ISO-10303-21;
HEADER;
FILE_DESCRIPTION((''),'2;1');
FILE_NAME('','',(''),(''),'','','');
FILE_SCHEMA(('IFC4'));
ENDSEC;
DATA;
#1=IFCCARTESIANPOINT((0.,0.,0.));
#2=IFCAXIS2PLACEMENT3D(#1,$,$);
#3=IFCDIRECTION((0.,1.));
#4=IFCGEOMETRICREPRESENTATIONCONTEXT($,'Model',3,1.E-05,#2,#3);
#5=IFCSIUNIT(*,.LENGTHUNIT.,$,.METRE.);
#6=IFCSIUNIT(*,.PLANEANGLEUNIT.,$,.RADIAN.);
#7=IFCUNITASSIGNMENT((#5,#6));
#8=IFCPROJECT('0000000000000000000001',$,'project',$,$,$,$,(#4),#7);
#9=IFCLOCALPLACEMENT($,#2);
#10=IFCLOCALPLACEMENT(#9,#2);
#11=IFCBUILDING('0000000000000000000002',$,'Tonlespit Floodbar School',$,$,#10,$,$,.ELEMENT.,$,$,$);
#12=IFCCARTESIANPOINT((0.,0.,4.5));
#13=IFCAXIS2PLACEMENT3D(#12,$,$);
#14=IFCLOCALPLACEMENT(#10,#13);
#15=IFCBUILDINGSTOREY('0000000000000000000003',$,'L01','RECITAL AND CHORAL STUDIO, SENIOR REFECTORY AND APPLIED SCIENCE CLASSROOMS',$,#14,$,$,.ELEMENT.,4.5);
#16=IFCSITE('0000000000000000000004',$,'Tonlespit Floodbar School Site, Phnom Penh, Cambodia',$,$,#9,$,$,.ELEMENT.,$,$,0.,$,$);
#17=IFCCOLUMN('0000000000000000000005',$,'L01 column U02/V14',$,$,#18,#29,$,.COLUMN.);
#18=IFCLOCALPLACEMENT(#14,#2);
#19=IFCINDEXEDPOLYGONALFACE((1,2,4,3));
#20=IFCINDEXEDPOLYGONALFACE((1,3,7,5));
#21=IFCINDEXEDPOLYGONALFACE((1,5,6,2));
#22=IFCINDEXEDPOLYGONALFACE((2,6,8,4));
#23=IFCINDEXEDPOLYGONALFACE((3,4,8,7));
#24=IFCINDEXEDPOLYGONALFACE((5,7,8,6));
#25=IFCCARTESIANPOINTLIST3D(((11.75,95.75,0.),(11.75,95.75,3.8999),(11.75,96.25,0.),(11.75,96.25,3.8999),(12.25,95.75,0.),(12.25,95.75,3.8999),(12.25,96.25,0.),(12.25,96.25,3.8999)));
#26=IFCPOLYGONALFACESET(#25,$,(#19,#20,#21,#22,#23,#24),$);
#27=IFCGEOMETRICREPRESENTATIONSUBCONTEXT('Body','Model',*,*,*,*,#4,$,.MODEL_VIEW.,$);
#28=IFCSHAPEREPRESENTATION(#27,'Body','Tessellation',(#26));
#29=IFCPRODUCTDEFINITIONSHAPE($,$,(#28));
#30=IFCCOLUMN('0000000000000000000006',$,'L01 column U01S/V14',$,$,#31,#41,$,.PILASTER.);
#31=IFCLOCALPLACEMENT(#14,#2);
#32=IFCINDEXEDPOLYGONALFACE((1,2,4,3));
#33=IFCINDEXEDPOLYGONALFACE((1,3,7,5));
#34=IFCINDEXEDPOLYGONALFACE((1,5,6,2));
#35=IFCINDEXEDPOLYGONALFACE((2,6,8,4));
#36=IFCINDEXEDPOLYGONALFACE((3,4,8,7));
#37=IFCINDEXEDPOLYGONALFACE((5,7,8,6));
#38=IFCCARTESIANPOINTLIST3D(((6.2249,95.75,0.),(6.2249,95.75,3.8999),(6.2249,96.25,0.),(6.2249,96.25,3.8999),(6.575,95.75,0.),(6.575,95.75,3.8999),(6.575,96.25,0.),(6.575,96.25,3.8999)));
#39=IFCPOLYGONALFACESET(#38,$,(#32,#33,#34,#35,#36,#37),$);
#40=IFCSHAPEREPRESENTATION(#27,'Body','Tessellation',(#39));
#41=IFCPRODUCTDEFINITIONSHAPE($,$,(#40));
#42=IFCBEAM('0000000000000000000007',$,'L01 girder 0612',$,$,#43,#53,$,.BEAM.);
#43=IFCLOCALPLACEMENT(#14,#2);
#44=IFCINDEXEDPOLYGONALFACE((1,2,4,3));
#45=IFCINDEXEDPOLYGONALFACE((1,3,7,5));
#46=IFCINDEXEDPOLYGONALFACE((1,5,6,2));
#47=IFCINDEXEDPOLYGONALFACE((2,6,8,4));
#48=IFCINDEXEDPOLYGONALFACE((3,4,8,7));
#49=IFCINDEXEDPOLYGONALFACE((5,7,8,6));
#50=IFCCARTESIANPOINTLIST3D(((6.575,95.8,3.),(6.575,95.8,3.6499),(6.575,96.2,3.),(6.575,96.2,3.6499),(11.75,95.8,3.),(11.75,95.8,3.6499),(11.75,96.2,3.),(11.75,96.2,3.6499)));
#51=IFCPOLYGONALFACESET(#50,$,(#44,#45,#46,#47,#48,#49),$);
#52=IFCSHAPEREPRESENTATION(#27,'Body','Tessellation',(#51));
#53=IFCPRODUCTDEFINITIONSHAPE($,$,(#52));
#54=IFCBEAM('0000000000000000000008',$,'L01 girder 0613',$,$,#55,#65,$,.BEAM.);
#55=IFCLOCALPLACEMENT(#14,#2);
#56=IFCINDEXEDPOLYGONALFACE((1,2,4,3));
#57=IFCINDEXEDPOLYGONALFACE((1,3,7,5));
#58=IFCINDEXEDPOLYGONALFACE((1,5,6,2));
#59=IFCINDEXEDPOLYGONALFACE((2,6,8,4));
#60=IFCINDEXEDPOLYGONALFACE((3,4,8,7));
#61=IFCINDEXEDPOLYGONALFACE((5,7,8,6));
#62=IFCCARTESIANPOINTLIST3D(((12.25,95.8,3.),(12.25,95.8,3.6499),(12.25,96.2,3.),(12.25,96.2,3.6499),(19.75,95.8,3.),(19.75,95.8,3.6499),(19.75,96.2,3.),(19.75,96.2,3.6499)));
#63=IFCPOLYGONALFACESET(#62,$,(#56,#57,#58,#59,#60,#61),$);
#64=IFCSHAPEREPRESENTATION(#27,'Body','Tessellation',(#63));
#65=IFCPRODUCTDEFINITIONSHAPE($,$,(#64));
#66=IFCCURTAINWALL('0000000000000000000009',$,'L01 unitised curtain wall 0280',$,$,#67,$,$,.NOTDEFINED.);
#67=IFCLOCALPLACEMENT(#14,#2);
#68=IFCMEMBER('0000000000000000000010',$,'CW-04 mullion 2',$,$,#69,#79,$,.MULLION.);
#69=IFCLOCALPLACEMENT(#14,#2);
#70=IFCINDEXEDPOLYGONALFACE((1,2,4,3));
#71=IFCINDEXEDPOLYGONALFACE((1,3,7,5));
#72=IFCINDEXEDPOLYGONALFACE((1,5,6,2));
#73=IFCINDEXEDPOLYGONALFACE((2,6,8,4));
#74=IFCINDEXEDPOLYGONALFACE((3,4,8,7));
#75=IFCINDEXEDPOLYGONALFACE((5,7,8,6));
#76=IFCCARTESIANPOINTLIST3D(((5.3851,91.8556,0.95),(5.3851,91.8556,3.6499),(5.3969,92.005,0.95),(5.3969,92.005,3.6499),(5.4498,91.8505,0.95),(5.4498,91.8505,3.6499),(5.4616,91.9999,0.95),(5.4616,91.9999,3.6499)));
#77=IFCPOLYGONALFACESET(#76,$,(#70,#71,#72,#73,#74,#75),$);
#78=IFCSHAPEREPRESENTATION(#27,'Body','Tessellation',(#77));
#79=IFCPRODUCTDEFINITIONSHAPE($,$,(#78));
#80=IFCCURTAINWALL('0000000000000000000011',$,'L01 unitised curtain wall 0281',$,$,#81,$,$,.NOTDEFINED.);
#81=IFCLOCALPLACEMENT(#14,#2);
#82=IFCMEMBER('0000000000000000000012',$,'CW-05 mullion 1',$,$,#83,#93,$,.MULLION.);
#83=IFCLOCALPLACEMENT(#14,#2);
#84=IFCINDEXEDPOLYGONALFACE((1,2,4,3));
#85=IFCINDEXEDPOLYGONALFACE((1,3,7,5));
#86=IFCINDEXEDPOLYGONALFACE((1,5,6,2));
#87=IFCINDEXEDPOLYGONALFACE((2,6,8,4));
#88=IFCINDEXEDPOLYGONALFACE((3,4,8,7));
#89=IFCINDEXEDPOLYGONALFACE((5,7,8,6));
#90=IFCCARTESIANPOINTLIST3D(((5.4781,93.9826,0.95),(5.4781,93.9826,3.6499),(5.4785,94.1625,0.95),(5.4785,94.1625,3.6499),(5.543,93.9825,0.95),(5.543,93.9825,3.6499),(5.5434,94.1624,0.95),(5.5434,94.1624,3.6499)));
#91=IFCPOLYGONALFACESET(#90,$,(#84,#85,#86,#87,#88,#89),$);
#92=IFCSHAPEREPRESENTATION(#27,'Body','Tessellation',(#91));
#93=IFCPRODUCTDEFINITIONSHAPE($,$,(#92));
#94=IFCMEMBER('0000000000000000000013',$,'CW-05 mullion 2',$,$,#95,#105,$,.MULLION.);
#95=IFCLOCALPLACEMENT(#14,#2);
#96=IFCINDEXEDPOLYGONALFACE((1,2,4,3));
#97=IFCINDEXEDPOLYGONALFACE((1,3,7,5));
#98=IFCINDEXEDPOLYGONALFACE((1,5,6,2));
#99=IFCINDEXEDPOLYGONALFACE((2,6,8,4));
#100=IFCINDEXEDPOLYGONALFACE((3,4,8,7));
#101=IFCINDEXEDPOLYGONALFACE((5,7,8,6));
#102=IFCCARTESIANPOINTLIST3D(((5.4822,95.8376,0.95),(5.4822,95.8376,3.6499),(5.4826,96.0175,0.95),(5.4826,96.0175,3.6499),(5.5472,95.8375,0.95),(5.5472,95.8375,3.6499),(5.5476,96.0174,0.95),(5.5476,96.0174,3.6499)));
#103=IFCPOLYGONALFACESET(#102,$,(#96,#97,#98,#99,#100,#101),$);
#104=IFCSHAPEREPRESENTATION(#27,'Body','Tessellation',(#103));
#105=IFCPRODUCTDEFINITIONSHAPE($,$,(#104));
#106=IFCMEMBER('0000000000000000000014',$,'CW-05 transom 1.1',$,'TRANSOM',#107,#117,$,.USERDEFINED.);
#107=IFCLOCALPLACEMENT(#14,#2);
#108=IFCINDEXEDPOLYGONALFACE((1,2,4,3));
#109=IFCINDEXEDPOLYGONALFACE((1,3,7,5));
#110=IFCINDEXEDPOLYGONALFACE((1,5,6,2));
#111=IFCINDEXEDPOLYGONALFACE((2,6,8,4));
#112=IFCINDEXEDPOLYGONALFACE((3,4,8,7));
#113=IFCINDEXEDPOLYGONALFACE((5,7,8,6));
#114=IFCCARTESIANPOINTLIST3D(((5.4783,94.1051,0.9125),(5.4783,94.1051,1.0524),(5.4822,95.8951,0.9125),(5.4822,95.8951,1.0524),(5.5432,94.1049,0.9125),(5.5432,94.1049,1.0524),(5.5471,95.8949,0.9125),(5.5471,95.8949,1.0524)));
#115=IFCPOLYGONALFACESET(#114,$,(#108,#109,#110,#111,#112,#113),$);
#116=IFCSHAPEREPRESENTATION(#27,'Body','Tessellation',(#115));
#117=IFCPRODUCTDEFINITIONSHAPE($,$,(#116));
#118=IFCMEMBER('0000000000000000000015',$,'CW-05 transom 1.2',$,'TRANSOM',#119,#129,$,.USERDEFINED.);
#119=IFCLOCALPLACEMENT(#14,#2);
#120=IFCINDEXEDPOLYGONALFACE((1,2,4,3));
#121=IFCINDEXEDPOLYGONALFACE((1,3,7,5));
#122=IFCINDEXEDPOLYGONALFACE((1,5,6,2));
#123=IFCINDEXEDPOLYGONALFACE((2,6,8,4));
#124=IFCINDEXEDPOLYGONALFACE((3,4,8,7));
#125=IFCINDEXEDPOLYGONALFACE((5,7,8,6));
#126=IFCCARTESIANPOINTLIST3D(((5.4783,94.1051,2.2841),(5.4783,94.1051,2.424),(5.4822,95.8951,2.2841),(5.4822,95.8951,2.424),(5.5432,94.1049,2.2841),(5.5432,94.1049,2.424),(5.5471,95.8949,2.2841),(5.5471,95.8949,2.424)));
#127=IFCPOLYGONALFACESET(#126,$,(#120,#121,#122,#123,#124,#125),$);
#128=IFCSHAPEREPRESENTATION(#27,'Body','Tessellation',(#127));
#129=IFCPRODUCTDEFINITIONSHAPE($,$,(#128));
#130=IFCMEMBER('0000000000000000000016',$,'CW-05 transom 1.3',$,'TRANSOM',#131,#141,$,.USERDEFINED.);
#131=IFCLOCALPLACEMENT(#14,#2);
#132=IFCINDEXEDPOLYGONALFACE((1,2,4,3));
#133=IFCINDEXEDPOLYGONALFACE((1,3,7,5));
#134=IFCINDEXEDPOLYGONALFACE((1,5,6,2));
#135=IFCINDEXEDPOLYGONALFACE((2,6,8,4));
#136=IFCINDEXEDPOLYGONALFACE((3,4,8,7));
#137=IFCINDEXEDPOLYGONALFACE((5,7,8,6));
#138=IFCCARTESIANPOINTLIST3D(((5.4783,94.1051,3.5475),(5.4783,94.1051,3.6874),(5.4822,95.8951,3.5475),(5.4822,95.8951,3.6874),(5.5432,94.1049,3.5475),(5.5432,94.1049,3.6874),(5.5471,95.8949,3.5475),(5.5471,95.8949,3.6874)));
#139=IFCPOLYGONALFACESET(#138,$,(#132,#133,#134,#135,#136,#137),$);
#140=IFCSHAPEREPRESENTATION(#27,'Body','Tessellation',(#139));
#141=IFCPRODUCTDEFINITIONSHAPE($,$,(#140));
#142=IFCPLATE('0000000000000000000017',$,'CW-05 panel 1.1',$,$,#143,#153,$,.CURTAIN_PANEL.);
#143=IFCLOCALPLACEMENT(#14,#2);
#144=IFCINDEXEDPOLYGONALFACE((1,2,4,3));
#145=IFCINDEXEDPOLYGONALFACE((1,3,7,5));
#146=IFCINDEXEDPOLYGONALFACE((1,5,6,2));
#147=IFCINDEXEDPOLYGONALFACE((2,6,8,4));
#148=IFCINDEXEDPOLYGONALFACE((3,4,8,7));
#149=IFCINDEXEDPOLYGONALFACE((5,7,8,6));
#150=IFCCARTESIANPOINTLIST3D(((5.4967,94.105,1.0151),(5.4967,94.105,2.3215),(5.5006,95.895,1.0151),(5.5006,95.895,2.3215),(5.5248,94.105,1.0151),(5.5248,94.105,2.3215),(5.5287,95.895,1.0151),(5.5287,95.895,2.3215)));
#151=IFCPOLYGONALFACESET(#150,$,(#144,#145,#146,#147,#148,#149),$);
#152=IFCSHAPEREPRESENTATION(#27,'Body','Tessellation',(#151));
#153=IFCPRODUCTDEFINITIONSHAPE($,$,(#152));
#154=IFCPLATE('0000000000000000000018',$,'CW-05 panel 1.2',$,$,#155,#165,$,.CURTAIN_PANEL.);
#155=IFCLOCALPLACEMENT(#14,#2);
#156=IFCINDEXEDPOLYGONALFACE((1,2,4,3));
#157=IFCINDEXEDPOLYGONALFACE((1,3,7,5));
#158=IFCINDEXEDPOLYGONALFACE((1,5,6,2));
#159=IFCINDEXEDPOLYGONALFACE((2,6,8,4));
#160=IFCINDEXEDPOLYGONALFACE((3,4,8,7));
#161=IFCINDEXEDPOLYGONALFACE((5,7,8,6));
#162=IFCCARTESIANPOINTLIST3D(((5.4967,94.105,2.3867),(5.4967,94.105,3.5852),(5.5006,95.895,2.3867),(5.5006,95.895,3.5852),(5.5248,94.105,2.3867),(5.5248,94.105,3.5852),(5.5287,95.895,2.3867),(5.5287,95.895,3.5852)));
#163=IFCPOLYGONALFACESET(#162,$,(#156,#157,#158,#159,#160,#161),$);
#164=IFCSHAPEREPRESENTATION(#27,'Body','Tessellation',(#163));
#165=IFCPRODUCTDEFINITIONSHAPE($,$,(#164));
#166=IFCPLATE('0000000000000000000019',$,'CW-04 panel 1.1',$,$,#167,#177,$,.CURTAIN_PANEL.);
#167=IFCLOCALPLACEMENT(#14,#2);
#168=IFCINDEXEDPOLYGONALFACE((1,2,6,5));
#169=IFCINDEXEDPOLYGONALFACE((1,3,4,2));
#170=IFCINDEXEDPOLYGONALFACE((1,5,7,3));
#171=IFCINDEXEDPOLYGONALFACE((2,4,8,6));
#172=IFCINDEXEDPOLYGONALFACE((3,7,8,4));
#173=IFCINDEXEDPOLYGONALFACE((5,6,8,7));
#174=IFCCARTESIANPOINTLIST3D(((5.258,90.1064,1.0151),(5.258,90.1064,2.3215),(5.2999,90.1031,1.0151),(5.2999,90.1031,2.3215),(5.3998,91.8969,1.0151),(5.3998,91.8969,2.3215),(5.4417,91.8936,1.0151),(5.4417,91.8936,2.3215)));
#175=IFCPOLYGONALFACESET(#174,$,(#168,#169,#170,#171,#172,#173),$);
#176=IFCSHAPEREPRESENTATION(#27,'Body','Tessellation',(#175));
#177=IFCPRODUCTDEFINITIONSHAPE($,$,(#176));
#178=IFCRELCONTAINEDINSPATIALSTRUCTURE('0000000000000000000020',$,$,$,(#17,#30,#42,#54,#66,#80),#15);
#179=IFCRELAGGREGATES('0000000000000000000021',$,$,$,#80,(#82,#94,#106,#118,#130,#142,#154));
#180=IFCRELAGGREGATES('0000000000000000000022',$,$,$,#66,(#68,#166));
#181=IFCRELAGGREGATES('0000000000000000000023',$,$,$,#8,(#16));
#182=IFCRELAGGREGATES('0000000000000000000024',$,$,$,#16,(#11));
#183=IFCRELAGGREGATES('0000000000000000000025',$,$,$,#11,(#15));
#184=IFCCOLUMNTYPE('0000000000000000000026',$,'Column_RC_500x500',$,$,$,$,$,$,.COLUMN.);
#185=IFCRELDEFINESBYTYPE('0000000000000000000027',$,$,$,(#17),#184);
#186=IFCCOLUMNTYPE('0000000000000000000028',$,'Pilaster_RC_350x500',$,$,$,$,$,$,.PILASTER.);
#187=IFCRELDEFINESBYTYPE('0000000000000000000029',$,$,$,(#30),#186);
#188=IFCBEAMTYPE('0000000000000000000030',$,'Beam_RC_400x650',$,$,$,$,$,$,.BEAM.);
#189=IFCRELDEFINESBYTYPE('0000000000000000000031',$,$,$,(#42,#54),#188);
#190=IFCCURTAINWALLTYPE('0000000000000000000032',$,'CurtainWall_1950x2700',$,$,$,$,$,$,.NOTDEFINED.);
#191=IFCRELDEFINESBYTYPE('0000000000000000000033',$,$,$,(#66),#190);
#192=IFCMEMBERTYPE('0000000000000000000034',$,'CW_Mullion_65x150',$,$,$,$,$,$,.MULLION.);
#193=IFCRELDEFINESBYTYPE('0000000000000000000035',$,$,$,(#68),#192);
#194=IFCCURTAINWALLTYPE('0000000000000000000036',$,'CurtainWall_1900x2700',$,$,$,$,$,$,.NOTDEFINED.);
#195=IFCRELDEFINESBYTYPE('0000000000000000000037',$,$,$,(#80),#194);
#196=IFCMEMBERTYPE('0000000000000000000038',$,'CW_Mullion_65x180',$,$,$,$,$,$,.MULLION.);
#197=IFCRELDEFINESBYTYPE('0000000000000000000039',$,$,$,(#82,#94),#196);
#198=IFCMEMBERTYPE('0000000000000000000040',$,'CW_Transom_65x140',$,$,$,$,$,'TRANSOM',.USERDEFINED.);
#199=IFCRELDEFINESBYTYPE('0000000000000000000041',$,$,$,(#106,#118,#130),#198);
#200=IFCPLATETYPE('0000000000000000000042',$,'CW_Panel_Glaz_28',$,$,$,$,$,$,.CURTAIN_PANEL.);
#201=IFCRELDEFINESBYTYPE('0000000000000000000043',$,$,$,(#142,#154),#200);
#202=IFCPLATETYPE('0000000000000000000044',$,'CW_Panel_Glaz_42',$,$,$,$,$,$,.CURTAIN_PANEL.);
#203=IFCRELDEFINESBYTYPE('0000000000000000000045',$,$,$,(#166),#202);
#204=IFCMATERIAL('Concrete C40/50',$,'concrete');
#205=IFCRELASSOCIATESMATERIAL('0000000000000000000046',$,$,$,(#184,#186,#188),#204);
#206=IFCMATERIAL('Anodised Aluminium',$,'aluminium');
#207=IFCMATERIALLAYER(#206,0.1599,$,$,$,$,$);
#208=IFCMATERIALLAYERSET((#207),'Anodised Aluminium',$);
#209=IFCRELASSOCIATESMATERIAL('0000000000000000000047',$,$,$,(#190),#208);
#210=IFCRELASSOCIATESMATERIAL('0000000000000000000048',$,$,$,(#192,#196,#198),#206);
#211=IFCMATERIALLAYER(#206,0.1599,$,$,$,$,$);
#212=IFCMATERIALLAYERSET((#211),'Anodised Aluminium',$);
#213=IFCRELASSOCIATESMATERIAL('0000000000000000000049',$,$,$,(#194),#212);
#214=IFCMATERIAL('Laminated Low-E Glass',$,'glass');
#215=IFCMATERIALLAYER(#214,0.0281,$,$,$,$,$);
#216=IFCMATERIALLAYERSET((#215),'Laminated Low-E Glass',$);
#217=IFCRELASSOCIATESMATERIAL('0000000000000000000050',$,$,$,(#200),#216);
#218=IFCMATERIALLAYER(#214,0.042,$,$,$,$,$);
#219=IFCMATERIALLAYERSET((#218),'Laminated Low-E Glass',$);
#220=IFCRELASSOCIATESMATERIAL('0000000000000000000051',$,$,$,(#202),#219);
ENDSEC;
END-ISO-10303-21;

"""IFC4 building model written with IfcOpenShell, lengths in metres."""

from ifc_helpers import new_model, si_unit, direction, frame, origin, origin_2d, place, context, subcontext, project, spatial, rectangle, extrude, material, layer, layer_set, material_profile, profile_set, type_object, element, aggregate, save


model = new_model("IFC4")

# Units and contexts
model_context = context("Model", 3, precision=1e-05, world=origin(), true_north=direction((0.0, 1.0)))
body_context = subcontext(model_context, "Body", "Model", "MODEL_VIEW")
ifc_project = project(units=[si_unit("LENGTHUNIT", "METRE"), si_unit("PLANEANGLEUNIT", "RADIAN")], contexts=[model_context])

# Site, building, storey
site_placement = place(None, origin())
site = spatial("IfcSite", under=ifc_project, at=site_placement, Name="Tonlespit Floodbar School Site, Phnom Penh, Cambodia", CompositionType="ELEMENT", RefElevation=0.0)
building_placement = place(site_placement, origin())
building = spatial("IfcBuilding", under=site, at=building_placement, Name="Tonlespit Floodbar School", CompositionType="ELEMENT")
storey_placement = place(building_placement, frame((0.0, 0.0, 4.5)))
storey = spatial("IfcBuildingStorey", under=building, at=storey_placement, Name="L01", Description="RECITAL AND CHORAL STUDIO, SENIOR REFECTORY AND APPLIED SCIENCE CLASSROOMS", CompositionType="ELEMENT", Elevation=4.5)

# Columns
ifc_material_1 = material(Name="Concrete C40/50", Category="concrete")
ifc_material_profile_1 = material_profile(ifc_material_1, rectangle(XDim=0.5, YDim=0.5, at=origin_2d()), Name="RC 500x500")
ifc_profile_set_1 = profile_set([ifc_material_profile_1], Name="Concrete C40/50")
column_type_1 = type_object("IfcColumnType", Name="Column_RC_500x500", PredefinedType="COLUMN", material=ifc_profile_set_1)
column_1_placement = place(storey_placement, frame((12.0, 96.0, 0.0), z_axis=(0.0, 0.0, 1.0), x_axis=(1.0, 0.0, 0.0)))
element("IfcColumn", 1, at=column_1_placement, inside=storey, type_object=column_type_1, Name="L01 column U02/V14", PredefinedType="COLUMN", context=body_context, shape_type="SweptSolid", body=[
    extrude(rectangle(XDim=0.5, YDim=0.5, at=origin_2d()), origin(), (0.0, 0.0, 1.0), 3.8999),
])
ifc_material_profile_2 = material_profile(ifc_material_1, rectangle(XDim=0.3501, YDim=0.5, at=origin_2d()), Name="RC 350x500")
ifc_profile_set_2 = profile_set([ifc_material_profile_2], Name="Concrete C40/50")
column_type_2 = type_object("IfcColumnType", Name="Pilaster_RC_350x500", PredefinedType="PILASTER", material=ifc_profile_set_2)
column_2_placement = place(storey_placement, frame((6.3999, 96.0, 0.0), z_axis=(0.0, 0.0, 1.0), x_axis=(1.0, 0.0, 0.0)))
element("IfcColumn", 2, at=column_2_placement, inside=storey, type_object=column_type_2, Name="L01 column U01S/V14", PredefinedType="PILASTER", context=body_context, shape_type="SweptSolid", body=[
    extrude(rectangle(XDim=0.3501, YDim=0.5, at=origin_2d()), origin(), (0.0, 0.0, 1.0), 3.8999),
])

# Beams
ifc_material_profile_3 = material_profile(ifc_material_1, rectangle(XDim=0.3999, YDim=0.6499, at=origin_2d()), Name="RC 400x650")
ifc_profile_set_3 = profile_set([ifc_material_profile_3], Name="Concrete C40/50")
beam_type = type_object("IfcBeamType", Name="Beam_RC_400x650", PredefinedType="BEAM", material=ifc_profile_set_3)
beam_1_placement = place(storey_placement, frame((6.575, 96.0, 3.325), z_axis=(1.0, 0.0, 0.0), x_axis=(0.0, 1.0, 0.0)))
element("IfcBeam", 3, at=beam_1_placement, inside=storey, type_object=beam_type, Name="L01 girder 0612", PredefinedType="BEAM", context=body_context, shape_type="SweptSolid", body=[
    extrude(rectangle(XDim=0.3999, YDim=0.6499, at=origin_2d()), origin(), (0.0, 0.0, 1.0), 5.175),
])
beam_2_placement = place(storey_placement, frame((12.25, 96.0, 3.325), z_axis=(1.0, 0.0, 0.0), x_axis=(0.0, 1.0, 0.0)))
element("IfcBeam", 4, at=beam_2_placement, inside=storey, type_object=beam_type, Name="L01 girder 0613", PredefinedType="BEAM", context=body_context, shape_type="SweptSolid", body=[
    extrude(rectangle(XDim=0.3999, YDim=0.6499, at=origin_2d()), origin(), (0.0, 0.0, 1.0), 7.5),
])

# Curtain wall, member
ifc_material_2 = material(Name="Anodised Aluminium", Category="aluminium")
ifc_layer_1 = layer(ifc_material_2, 0.1599)
ifc_layer_set_1 = layer_set([ifc_layer_1], Name="Anodised Aluminium")
curtain_wall_type_1 = type_object("IfcCurtainWallType", Name="CurtainWall_1950x2700", PredefinedType="NOTDEFINED", material=ifc_layer_set_1)
curtain_wall_1_placement = place(storey_placement, origin())
curtain_wall_1 = element("IfcCurtainWall", 5, at=curtain_wall_1_placement, inside=storey, type_object=curtain_wall_type_1, Name="L01 unitised curtain wall 0280", PredefinedType="NOTDEFINED")
ifc_material_profile_4 = material_profile(ifc_material_2, rectangle(XDim=0.0649, YDim=0.1499, at=origin_2d()), Name="ALU M65x150")
ifc_profile_set_4 = profile_set([ifc_material_profile_4], Name="Anodised Aluminium")
member_type_1 = type_object("IfcMemberType", Name="CW_Mullion_65x150", PredefinedType="MULLION", material=ifc_profile_set_4)
member_1_placement = place(storey_placement, frame((5.4233, 91.9277, 0.95), z_axis=(0.0, 0.0, 1.0), x_axis=(-0.996878, 0.078963, 0.0)))
member_1 = element("IfcMember", 6, at=member_1_placement, type_object=member_type_1, Name="CW-04 mullion 2", PredefinedType="MULLION", context=body_context, shape_type="SweptSolid", body=[
    extrude(rectangle(XDim=0.0649, YDim=0.1499, at=origin_2d()), origin(), (0.0, 0.0, 1.0), 2.7),
])

# Curtain wall, members, plates
ifc_layer_2 = layer(ifc_material_2, 0.1599)
ifc_layer_set_2 = layer_set([ifc_layer_2], Name="Anodised Aluminium")
curtain_wall_type_2 = type_object("IfcCurtainWallType", Name="CurtainWall_1900x2700", PredefinedType="NOTDEFINED", material=ifc_layer_set_2)
curtain_wall_2_placement = place(storey_placement, origin())
curtain_wall_2 = element("IfcCurtainWall", 7, at=curtain_wall_2_placement, inside=storey, type_object=curtain_wall_type_2, Name="L01 unitised curtain wall 0281", PredefinedType="NOTDEFINED")
ifc_material_profile_5 = material_profile(ifc_material_2, rectangle(XDim=0.0649, YDim=0.1799, at=origin_2d()), Name="ALU M65x180")
ifc_profile_set_5 = profile_set([ifc_material_profile_5], Name="Anodised Aluminium")
member_type_2 = type_object("IfcMemberType", Name="CW_Mullion_65x180", PredefinedType="MULLION", material=ifc_profile_set_5)
member_2_placement = place(storey_placement, frame((5.5107, 94.0725, 0.95), z_axis=(0.0, 0.0, 1.0), x_axis=(-0.999998, 0.002187, 0.0)))
member_2 = element("IfcMember", 8, at=member_2_placement, type_object=member_type_2, Name="CW-05 mullion 1", PredefinedType="MULLION", context=body_context, shape_type="SweptSolid", body=[
    extrude(rectangle(XDim=0.0649, YDim=0.1799, at=origin_2d()), origin(), (0.0, 0.0, 1.0), 2.7),
])
member_3_placement = place(storey_placement, frame((5.5149, 95.9275, 0.95), z_axis=(0.0, 0.0, 1.0), x_axis=(-0.999998, 0.002187, 0.0)))
member_3 = element("IfcMember", 9, at=member_3_placement, type_object=member_type_2, Name="CW-05 mullion 2", PredefinedType="MULLION", context=body_context, shape_type="SweptSolid", body=[
    extrude(rectangle(XDim=0.0649, YDim=0.1799, at=origin_2d()), origin(), (0.0, 0.0, 1.0), 2.7),
])
ifc_material_profile_6 = material_profile(ifc_material_2, rectangle(XDim=0.0649, YDim=0.1399, at=origin_2d()), Name="ALU T65x140")
ifc_profile_set_6 = profile_set([ifc_material_profile_6], Name="Anodised Aluminium")
member_type_3 = type_object("IfcMemberType", Name="CW_Transom_65x140", ElementType="TRANSOM", PredefinedType="USERDEFINED", material=ifc_profile_set_6)
member_4_placement = place(storey_placement, frame((5.5107, 94.105, 0.9824), z_axis=(0.002182, 0.999998, 0.0), x_axis=(-0.999998, 0.002182, 0.0)))
member_4 = element("IfcMember", 10, at=member_4_placement, type_object=member_type_3, Name="CW-05 transom 1.1", ObjectType="TRANSOM", PredefinedType="USERDEFINED", context=body_context, shape_type="SweptSolid", body=[
    extrude(rectangle(XDim=0.0649, YDim=0.1399, at=origin_2d()), origin(), (0.0, 0.0, 1.0), 1.79),
])
member_5_placement = place(storey_placement, frame((5.5107, 94.105, 2.354), z_axis=(0.002182, 0.999998, 0.0), x_axis=(-0.999998, 0.002182, 0.0)))
member_5 = element("IfcMember", 11, at=member_5_placement, type_object=member_type_3, Name="CW-05 transom 1.2", ObjectType="TRANSOM", PredefinedType="USERDEFINED", context=body_context, shape_type="SweptSolid", body=[
    extrude(rectangle(XDim=0.0649, YDim=0.1399, at=origin_2d()), origin(), (0.0, 0.0, 1.0), 1.79),
])
member_6_placement = place(storey_placement, frame((5.5107, 94.105, 3.6174), z_axis=(0.002182, 0.999998, 0.0), x_axis=(-0.999998, 0.002182, 0.0)))
member_6 = element("IfcMember", 12, at=member_6_placement, type_object=member_type_3, Name="CW-05 transom 1.3", ObjectType="TRANSOM", PredefinedType="USERDEFINED", context=body_context, shape_type="SweptSolid", body=[
    extrude(rectangle(XDim=0.0649, YDim=0.1399, at=origin_2d()), origin(), (0.0, 0.0, 1.0), 1.79),
])
ifc_material_3 = material(Name="Laminated Low-E Glass", Category="glass")
ifc_layer_3 = layer(ifc_material_3, 0.0281)
ifc_layer_set_3 = layer_set([ifc_layer_3], Name="Laminated Low-E Glass")
plate_type_1 = type_object("IfcPlateType", Name="CW_Panel_Glaz_28", PredefinedType="CURTAIN_PANEL", material=ifc_layer_set_3)
plate_1_placement = place(storey_placement, frame((5.5127, 95.0, 1.0151), z_axis=(0.0, 0.0, 1.0), x_axis=(0.002187, 0.999998, 0.0)))
plate_1 = element("IfcPlate", 13, at=plate_1_placement, type_object=plate_type_1, Name="CW-05 panel 1.1", PredefinedType="CURTAIN_PANEL", context=body_context, shape_type="SweptSolid", body=[
    extrude(rectangle(XDim=1.79, YDim=0.0281, at=origin_2d()), origin(), (0.0, 0.0, 1.0), 1.3064),
])
plate_2_placement = place(storey_placement, frame((5.5127, 95.0, 2.3867), z_axis=(0.0, 0.0, 1.0), x_axis=(0.002187, 0.999998, 0.0)))
plate_2 = element("IfcPlate", 14, at=plate_2_placement, type_object=plate_type_1, Name="CW-05 panel 1.2", PredefinedType="CURTAIN_PANEL", context=body_context, shape_type="SweptSolid", body=[
    extrude(rectangle(XDim=1.79, YDim=0.0281, at=origin_2d()), origin(), (0.0, 0.0, 1.0), 1.1985),
])
aggregate(curtain_wall_2, [member_2, member_3, member_4, member_5, member_6, plate_1, plate_2])

# Plate
ifc_layer_4 = layer(ifc_material_3, 0.042)
ifc_layer_set_4 = layer_set([ifc_layer_4], Name="Laminated Low-E Glass")
plate_type_2 = type_object("IfcPlateType", Name="CW_Panel_Glaz_42", PredefinedType="CURTAIN_PANEL", material=ifc_layer_set_4)
plate_3_placement = place(storey_placement, frame((5.3499, 91.0, 1.0151), z_axis=(0.0, 0.0, 1.0), x_axis=(0.078963, 0.996878, 0.0)))
plate_3 = element("IfcPlate", 15, at=plate_3_placement, type_object=plate_type_2, Name="CW-04 panel 1.1", PredefinedType="CURTAIN_PANEL", context=body_context, shape_type="SweptSolid", body=[
    extrude(rectangle(XDim=1.7961, YDim=0.042, at=origin_2d()), origin(), (0.0, 0.0, 1.0), 1.3064),
])
aggregate(curtain_wall_1, [member_1, plate_3])

save(model, "model.ifc")
